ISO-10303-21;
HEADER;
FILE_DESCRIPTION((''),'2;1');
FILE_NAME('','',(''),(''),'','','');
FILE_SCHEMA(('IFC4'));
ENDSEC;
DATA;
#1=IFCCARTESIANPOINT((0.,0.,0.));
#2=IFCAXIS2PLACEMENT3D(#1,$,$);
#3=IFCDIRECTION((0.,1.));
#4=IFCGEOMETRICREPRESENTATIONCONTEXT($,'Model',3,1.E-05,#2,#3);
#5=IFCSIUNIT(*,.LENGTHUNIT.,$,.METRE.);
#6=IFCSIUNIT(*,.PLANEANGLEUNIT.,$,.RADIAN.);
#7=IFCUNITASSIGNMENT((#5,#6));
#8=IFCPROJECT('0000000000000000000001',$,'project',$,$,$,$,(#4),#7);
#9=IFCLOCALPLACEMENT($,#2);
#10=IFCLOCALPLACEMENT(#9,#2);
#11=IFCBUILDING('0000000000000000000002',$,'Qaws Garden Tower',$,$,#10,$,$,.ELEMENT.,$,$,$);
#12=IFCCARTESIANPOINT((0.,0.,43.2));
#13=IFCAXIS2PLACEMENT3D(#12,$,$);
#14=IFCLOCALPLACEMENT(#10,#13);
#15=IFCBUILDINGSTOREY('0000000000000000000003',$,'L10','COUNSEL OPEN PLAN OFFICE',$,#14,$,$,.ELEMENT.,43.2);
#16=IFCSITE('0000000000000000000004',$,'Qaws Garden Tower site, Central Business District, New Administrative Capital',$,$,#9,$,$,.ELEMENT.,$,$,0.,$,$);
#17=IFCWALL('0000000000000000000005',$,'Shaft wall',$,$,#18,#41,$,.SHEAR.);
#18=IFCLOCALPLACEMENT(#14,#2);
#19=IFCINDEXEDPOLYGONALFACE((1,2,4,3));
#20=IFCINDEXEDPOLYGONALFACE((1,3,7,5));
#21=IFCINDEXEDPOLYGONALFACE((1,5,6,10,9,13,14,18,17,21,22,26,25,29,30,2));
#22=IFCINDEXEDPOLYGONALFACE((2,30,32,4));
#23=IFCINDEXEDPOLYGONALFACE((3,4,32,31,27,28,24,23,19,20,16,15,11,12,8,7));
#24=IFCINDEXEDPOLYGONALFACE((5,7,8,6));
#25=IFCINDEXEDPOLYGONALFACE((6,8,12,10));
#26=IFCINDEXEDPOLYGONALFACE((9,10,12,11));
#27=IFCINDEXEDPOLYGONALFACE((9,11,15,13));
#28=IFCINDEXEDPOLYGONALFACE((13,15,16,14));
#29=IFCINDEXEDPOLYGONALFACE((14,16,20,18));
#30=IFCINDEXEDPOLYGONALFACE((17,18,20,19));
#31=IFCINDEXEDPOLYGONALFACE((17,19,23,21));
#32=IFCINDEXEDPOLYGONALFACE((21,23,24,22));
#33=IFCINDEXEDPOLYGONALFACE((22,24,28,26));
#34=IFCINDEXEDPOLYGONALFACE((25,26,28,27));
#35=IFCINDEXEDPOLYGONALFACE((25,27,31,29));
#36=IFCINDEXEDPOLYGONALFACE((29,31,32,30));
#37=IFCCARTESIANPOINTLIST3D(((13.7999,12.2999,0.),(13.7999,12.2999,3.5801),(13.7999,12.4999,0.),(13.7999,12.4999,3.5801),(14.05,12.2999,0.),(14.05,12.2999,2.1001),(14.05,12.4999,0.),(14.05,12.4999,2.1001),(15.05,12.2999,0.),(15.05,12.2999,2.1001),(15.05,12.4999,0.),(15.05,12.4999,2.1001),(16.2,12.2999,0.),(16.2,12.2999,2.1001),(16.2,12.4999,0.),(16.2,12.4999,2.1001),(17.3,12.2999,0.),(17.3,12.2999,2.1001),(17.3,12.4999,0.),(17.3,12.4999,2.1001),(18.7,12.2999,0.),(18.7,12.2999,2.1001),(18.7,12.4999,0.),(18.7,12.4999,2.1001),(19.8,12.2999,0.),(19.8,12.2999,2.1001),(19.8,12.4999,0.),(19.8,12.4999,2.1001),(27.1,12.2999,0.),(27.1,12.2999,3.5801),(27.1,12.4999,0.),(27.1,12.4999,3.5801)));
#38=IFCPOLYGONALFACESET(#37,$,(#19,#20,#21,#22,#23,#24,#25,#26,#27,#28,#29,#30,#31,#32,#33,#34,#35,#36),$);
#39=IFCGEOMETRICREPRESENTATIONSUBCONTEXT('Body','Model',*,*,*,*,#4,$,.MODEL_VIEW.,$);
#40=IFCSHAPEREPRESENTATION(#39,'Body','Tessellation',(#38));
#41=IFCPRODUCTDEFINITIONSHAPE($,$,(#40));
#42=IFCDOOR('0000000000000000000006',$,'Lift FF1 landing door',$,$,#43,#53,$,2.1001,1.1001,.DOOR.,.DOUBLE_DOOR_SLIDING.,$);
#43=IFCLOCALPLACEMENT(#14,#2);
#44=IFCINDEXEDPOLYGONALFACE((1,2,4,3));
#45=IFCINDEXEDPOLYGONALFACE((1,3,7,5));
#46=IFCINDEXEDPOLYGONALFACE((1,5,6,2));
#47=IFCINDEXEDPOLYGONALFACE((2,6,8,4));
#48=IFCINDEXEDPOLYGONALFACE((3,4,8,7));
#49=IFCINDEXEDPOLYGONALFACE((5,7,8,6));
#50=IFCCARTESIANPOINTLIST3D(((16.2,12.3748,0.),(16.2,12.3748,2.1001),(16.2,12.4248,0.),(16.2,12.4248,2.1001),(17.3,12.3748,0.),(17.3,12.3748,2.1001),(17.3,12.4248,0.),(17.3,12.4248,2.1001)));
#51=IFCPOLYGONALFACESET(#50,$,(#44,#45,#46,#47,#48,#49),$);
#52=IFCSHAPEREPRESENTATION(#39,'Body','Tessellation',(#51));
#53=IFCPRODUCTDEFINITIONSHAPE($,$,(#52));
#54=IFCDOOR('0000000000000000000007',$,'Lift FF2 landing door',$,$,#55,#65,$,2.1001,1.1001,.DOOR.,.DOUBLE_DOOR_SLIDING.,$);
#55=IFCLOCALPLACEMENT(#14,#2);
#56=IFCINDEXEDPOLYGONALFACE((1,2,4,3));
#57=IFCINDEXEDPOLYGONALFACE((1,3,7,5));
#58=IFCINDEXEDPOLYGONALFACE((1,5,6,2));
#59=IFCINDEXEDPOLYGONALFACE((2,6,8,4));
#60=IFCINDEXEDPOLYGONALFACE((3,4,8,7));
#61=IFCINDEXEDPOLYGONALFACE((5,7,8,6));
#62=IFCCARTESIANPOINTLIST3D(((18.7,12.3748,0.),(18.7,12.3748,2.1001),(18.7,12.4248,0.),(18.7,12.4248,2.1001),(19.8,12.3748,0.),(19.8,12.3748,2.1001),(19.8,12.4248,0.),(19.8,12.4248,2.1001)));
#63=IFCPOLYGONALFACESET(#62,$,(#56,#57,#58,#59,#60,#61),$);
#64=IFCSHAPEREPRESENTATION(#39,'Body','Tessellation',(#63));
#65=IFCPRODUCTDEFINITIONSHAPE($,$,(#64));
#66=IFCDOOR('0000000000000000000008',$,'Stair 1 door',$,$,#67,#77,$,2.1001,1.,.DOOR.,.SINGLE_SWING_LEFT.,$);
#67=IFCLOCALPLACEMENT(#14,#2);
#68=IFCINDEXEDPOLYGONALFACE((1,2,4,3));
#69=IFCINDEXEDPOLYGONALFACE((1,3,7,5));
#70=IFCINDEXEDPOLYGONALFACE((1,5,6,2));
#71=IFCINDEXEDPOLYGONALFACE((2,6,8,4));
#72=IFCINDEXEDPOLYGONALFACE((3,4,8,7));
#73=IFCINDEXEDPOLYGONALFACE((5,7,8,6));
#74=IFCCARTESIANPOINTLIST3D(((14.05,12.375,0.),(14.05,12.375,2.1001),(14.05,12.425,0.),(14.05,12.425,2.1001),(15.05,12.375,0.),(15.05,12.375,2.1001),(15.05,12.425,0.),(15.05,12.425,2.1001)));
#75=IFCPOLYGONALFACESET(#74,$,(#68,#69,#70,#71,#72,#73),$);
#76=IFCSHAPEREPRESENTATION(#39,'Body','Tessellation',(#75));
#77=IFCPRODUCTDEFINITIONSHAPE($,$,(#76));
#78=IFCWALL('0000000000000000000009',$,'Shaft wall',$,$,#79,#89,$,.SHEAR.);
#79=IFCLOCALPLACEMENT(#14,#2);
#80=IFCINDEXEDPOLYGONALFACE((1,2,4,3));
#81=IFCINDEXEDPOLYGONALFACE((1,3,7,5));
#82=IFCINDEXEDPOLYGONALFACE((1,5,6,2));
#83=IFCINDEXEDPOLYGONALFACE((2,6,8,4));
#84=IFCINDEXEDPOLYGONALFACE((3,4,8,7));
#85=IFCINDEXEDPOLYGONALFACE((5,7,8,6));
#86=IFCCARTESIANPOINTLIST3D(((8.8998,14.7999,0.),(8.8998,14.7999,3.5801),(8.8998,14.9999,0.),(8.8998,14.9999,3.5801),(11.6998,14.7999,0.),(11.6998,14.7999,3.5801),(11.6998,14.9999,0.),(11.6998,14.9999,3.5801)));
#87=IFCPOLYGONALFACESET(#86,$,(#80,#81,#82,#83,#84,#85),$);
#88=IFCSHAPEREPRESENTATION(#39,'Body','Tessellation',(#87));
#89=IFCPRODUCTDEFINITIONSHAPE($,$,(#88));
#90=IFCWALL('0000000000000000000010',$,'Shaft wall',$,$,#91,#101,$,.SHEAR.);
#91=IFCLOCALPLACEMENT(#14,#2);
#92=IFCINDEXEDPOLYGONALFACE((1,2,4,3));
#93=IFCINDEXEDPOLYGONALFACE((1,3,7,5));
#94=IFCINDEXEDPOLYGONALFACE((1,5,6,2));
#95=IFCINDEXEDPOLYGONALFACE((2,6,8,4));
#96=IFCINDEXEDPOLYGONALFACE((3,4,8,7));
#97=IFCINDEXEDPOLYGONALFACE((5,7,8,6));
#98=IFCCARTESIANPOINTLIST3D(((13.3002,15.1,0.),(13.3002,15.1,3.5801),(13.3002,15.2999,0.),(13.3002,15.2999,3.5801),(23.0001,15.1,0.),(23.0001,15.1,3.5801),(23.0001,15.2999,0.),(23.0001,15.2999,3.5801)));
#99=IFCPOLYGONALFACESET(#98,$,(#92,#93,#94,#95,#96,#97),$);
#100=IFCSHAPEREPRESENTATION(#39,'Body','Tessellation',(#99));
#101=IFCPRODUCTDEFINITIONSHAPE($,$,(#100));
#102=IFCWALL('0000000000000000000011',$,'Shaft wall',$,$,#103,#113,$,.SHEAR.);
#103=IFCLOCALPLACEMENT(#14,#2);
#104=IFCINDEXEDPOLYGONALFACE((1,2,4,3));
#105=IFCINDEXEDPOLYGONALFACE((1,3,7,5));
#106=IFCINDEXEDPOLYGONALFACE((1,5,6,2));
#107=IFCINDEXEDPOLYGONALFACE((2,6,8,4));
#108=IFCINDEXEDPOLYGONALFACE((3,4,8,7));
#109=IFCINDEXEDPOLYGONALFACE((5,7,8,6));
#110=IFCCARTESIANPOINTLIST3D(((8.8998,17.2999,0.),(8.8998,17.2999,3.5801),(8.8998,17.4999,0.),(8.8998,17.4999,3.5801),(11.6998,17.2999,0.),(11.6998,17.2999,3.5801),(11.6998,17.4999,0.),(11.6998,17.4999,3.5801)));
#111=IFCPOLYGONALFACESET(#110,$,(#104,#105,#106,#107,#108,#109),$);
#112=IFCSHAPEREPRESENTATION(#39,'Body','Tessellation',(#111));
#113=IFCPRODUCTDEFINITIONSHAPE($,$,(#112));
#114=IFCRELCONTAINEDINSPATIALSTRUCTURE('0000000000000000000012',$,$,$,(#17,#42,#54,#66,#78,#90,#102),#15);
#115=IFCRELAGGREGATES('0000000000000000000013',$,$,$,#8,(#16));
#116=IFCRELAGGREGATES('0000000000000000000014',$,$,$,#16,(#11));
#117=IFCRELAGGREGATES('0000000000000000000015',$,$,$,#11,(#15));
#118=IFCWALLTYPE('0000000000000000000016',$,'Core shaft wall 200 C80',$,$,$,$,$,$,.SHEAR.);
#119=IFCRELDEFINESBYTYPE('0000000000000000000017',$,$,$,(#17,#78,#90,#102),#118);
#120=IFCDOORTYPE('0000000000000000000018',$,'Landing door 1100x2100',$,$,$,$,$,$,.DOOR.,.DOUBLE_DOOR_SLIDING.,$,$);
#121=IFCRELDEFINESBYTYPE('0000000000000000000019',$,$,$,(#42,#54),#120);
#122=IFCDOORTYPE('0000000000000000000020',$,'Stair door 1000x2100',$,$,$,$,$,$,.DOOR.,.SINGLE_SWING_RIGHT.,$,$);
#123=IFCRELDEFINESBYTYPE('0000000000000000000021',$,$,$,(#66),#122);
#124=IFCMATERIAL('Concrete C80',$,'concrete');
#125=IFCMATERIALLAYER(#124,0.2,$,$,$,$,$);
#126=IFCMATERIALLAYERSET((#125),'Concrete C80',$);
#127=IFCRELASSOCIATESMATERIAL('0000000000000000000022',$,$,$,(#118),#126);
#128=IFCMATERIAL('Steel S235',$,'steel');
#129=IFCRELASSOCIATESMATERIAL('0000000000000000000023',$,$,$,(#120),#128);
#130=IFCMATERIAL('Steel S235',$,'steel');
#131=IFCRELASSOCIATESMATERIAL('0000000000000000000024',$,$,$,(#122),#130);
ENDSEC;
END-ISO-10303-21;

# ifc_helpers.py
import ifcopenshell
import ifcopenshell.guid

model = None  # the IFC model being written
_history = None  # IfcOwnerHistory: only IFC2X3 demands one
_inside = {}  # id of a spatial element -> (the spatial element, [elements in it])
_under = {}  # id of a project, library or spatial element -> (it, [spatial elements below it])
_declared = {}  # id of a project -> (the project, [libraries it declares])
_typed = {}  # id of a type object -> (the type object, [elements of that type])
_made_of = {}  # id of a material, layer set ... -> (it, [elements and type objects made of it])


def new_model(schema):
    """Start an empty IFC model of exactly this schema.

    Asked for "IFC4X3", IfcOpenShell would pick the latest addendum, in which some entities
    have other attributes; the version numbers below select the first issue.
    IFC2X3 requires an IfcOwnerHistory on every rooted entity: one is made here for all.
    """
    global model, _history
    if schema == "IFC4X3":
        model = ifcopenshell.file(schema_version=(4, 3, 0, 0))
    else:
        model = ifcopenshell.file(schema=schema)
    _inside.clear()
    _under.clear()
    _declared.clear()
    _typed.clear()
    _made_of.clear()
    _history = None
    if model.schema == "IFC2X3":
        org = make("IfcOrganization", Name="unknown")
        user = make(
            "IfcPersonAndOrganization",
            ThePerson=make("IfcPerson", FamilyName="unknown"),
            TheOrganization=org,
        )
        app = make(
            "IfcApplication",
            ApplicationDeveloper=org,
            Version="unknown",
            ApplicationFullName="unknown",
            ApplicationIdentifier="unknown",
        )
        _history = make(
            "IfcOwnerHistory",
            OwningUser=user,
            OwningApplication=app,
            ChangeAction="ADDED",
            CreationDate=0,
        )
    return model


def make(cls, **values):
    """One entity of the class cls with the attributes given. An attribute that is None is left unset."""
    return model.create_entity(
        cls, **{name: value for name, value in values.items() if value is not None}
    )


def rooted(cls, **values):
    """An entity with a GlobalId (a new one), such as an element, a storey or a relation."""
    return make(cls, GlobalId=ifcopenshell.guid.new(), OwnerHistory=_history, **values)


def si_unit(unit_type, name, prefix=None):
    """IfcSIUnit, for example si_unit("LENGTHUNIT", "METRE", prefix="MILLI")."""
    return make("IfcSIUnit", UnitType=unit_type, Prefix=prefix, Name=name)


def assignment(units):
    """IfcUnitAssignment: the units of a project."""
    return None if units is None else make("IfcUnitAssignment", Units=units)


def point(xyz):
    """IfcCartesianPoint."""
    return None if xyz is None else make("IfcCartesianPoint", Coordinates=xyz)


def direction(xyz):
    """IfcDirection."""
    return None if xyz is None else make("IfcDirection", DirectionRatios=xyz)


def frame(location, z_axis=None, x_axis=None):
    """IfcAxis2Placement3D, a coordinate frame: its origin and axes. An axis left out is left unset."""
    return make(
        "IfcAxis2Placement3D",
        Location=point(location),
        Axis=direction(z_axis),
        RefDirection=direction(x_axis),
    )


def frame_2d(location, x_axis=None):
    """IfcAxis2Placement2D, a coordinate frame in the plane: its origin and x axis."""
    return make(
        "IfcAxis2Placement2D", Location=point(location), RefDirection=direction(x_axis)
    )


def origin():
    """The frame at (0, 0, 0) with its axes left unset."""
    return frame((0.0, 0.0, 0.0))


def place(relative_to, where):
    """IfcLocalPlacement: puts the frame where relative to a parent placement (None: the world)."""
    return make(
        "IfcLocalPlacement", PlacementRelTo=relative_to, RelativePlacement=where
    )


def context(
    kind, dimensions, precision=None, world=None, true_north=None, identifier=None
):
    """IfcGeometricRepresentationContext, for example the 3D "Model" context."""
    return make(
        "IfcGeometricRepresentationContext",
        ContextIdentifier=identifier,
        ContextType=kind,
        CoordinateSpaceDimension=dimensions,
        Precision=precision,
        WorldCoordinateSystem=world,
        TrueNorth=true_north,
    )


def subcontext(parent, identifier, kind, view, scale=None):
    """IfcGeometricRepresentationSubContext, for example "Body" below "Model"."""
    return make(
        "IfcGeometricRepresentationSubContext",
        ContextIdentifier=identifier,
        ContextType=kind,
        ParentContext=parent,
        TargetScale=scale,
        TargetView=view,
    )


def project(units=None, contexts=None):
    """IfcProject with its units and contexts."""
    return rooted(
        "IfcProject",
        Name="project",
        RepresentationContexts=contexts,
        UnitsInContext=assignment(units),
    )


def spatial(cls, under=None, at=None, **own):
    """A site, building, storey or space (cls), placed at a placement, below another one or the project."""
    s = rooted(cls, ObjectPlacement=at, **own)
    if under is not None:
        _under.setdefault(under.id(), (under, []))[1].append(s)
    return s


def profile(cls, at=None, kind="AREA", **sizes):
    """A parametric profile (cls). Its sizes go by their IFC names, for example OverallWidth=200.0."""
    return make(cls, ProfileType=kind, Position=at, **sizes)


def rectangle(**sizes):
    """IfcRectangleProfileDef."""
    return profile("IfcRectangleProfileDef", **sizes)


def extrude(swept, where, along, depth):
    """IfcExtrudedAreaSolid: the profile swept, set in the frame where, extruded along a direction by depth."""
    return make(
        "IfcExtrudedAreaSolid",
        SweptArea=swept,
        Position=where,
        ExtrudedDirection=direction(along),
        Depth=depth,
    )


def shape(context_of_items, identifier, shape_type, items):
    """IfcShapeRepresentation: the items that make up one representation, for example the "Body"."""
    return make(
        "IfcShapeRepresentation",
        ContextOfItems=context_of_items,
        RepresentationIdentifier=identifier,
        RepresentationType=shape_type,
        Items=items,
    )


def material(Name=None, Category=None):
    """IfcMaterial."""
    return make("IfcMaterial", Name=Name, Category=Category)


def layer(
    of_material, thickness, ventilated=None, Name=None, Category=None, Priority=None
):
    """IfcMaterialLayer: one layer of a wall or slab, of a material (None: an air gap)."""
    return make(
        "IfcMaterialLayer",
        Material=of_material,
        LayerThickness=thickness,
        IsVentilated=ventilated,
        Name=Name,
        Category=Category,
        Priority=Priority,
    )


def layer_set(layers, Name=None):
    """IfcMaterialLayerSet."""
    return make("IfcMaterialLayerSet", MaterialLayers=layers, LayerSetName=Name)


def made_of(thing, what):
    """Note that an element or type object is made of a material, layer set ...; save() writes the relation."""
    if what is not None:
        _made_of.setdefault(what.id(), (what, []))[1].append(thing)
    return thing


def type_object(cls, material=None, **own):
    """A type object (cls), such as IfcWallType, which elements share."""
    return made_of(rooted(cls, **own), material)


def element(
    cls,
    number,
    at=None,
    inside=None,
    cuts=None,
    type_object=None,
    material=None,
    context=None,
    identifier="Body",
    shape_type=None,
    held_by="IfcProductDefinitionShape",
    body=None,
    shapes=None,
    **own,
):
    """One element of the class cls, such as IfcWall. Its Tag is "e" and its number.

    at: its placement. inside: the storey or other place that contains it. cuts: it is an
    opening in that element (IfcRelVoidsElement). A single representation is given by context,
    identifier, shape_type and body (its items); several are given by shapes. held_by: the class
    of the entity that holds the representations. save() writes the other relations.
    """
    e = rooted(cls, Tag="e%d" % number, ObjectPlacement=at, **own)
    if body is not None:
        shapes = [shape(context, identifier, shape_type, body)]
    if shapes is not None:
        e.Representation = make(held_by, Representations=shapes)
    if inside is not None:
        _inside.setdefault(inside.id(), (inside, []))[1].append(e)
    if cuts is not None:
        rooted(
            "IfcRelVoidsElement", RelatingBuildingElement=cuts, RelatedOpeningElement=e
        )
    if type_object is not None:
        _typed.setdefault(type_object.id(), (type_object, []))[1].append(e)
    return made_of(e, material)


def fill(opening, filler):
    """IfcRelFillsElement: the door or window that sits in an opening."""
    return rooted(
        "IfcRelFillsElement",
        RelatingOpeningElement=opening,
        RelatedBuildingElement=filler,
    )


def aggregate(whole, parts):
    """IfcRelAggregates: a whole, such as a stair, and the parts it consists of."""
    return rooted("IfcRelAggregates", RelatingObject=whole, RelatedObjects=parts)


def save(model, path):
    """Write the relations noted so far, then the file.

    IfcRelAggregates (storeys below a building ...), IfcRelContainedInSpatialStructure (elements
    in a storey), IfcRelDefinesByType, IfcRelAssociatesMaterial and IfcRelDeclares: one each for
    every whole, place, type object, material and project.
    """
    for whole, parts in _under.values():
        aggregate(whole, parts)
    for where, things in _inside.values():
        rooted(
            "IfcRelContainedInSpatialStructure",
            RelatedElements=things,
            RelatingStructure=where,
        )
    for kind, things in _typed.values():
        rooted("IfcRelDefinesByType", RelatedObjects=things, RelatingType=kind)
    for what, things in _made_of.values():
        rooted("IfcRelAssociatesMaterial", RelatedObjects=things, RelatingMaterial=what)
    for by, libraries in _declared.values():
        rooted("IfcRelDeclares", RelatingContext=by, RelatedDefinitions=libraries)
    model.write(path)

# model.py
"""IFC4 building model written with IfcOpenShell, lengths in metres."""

from ifc_helpers import new_model, si_unit, direction, frame, frame_2d, origin, place, context, subcontext, project, spatial, rectangle, extrude, material, layer, layer_set, type_object, element, fill, save


model = new_model("IFC4")

# Units and contexts
model_context = context("Model", 3, precision=1e-05, world=origin(), true_north=direction((0.0, 1.0)))
body_context = subcontext(model_context, "Body", "Model", "MODEL_VIEW")
ifc_project = project(units=[si_unit("LENGTHUNIT", "METRE"), si_unit("PLANEANGLEUNIT", "RADIAN")], contexts=[model_context])

# Site, building, storey
site_placement = place(None, origin())
site = spatial("IfcSite", under=ifc_project, at=site_placement, Name="Qaws Garden Tower site, Central Business District, New Administrative Capital", CompositionType="ELEMENT", RefElevation=0.0)
building_placement = place(site_placement, origin())
building = spatial("IfcBuilding", under=site, at=building_placement, Name="Qaws Garden Tower", CompositionType="ELEMENT")
storey_placement = place(building_placement, frame((0.0, 0.0, 43.2)))
storey = spatial("IfcBuildingStorey", under=building, at=storey_placement, Name="L10", Description="COUNSEL OPEN PLAN OFFICE", CompositionType="ELEMENT", Elevation=43.2)

# Shared definitions
ifc_material_1 = material(Name="Concrete C80", Category="concrete")
ifc_layer_1 = layer(ifc_material_1, 0.2)
ifc_layer_set_1 = layer_set([ifc_layer_1], Name="Concrete C80")
wall_type_1 = type_object("IfcWallType", Name="Core shaft wall 200 C80", PredefinedType="SHEAR", material=ifc_layer_set_1)

# Wall, openings, doors
wall_1_placement = place(storey_placement, frame((13.8, 12.3999, 0.0), z_axis=(0.0, 0.0, 1.0), x_axis=(1.0, 0.0, 0.0)))
wall_1 = element("IfcWall", 1, at=wall_1_placement, inside=storey, type_object=wall_type_1, Name="Shaft wall", PredefinedType="SHEAR", context=body_context, shape_type="SweptSolid", body=[
    extrude(rectangle(XDim=13.3, YDim=0.2, at=frame_2d((6.6499, 0.0))), origin(), (0.0, 0.0, 1.0), 3.5801),
])
opening_1_placement = place(wall_1_placement, frame((2.3999, 0.0, 0.0)))
opening_1 = element("IfcOpeningElement", 2, at=opening_1_placement, cuts=wall_1, PredefinedType="OPENING", context=body_context, shape_type="SweptSolid", body=[
    extrude(rectangle(XDim=1.1001, YDim=2.1001, at=frame_2d((0.55, 1.05))), frame((0.0, 0.1099, 0.0), z_axis=(0.0, -1.0, 0.0), x_axis=(1.0, 0.0, 0.0)), (0.0, 0.0, 1.0), 0.22),
])
opening_2_placement = place(wall_1_placement, frame((4.8999, 0.0, 0.0)))
opening_2 = element("IfcOpeningElement", 3, at=opening_2_placement, cuts=wall_1, PredefinedType="OPENING", context=body_context, shape_type="SweptSolid", body=[
    extrude(rectangle(XDim=1.1001, YDim=2.1001, at=frame_2d((0.55, 1.05))), frame((0.0, 0.1099, 0.0), z_axis=(0.0, -1.0, 0.0), x_axis=(1.0, 0.0, 0.0)), (0.0, 0.0, 1.0), 0.22),
])
opening_3_placement = place(wall_1_placement, frame((0.25, 0.0, 0.0)))
opening_3 = element("IfcOpeningElement", 4, at=opening_3_placement, cuts=wall_1, PredefinedType="OPENING", context=body_context, shape_type="SweptSolid", body=[
    extrude(rectangle(XDim=1.0, YDim=2.1001, at=frame_2d((0.5, 1.05))), frame((0.0, 0.1099, 0.0), z_axis=(0.0, -1.0, 0.0), x_axis=(1.0, 0.0, 0.0)), (0.0, 0.0, 1.0), 0.22),
])
ifc_material_2 = material(Name="Steel S235", Category="steel")
door_type_1 = type_object("IfcDoorType", Name="Landing door 1100x2100", OperationType="DOUBLE_DOOR_SLIDING", PredefinedType="DOOR", material=ifc_material_2)
door_1_placement = place(opening_1_placement, origin())
door_1 = element("IfcDoor", 5, at=door_1_placement, inside=storey, type_object=door_type_1, Name="Lift FF1 landing door", OperationType="DOUBLE_DOOR_SLIDING", OverallHeight=2.1001, OverallWidth=1.1001, PredefinedType="DOOR", context=body_context, shape_type="SweptSolid", body=[
    extrude(rectangle(XDim=1.1001, YDim=2.1001, at=frame_2d((0.55, 1.05))), frame((0.0, 0.0249, 0.0), z_axis=(0.0, -1.0, 0.0), x_axis=(1.0, 0.0, 0.0)), (0.0, 0.0, 1.0), 0.05),
])
fill(opening_1, door_1)
door_2_placement = place(opening_2_placement, origin())
door_2 = element("IfcDoor", 6, at=door_2_placement, inside=storey, type_object=door_type_1, Name="Lift FF2 landing door", OperationType="DOUBLE_DOOR_SLIDING", OverallHeight=2.1001, OverallWidth=1.1001, PredefinedType="DOOR", context=body_context, shape_type="SweptSolid", body=[
    extrude(rectangle(XDim=1.1001, YDim=2.1001, at=frame_2d((0.55, 1.05))), frame((0.0, 0.0249, 0.0), z_axis=(0.0, -1.0, 0.0), x_axis=(1.0, 0.0, 0.0)), (0.0, 0.0, 1.0), 0.05),
])
fill(opening_2, door_2)
ifc_material_3 = material(Name="Steel S235", Category="steel")
door_type_2 = type_object("IfcDoorType", Name="Stair door 1000x2100", OperationType="SINGLE_SWING_RIGHT", PredefinedType="DOOR", material=ifc_material_3)
door_3_placement = place(opening_3_placement, frame((1.0, 0.0, 0.0), z_axis=(0.0, 0.0, 1.0), x_axis=(-1.0, 0.0, 0.0)))
door_3 = element("IfcDoor", 7, at=door_3_placement, inside=storey, type_object=door_type_2, Name="Stair 1 door", OperationType="SINGLE_SWING_LEFT", OverallHeight=2.1001, OverallWidth=1.0, PredefinedType="DOOR", context=body_context, shape_type="SweptSolid", body=[
    extrude(rectangle(XDim=1.0, YDim=2.1001, at=frame_2d((0.5, 1.05))), frame((0.0, 0.0249, 0.0), z_axis=(0.0, -1.0, 0.0), x_axis=(1.0, 0.0, 0.0)), (0.0, 0.0, 1.0), 0.05),
])
fill(opening_3, door_3)

# Walls
wall_2_placement = place(storey_placement, frame((8.8999, 14.8999, 0.0), z_axis=(0.0, 0.0, 1.0), x_axis=(1.0, 0.0, 0.0)))
element("IfcWall", 8, at=wall_2_placement, inside=storey, type_object=wall_type_1, Name="Shaft wall", PredefinedType="SHEAR", context=body_context, shape_type="SweptSolid", body=[
    extrude(rectangle(XDim=2.8, YDim=0.2, at=frame_2d((1.3999, 0.0))), origin(), (0.0, 0.0, 1.0), 3.5801),
])
wall_3_placement = place(storey_placement, frame((13.3, 15.2, 0.0), z_axis=(0.0, 0.0, 1.0), x_axis=(1.0, 0.0, 0.0)))
element("IfcWall", 9, at=wall_3_placement, inside=storey, type_object=wall_type_1, Name="Shaft wall", PredefinedType="SHEAR", context=body_context, shape_type="SweptSolid", body=[
    extrude(rectangle(XDim=9.7, YDim=0.2, at=frame_2d((4.8501, 0.0))), origin(), (0.0, 0.0, 1.0), 3.5801),
])
wall_4_placement = place(storey_placement, frame((8.8999, 17.3999, 0.0), z_axis=(0.0, 0.0, 1.0), x_axis=(1.0, 0.0, 0.0)))
element("IfcWall", 10, at=wall_4_placement, inside=storey, type_object=wall_type_1, Name="Shaft wall", PredefinedType="SHEAR", context=body_context, shape_type="SweptSolid", body=[
    extrude(rectangle(XDim=2.8, YDim=0.2, at=frame_2d((1.3999, 0.0))), origin(), (0.0, 0.0, 1.0), 3.5801),
])

save(model, "model.ifc")
